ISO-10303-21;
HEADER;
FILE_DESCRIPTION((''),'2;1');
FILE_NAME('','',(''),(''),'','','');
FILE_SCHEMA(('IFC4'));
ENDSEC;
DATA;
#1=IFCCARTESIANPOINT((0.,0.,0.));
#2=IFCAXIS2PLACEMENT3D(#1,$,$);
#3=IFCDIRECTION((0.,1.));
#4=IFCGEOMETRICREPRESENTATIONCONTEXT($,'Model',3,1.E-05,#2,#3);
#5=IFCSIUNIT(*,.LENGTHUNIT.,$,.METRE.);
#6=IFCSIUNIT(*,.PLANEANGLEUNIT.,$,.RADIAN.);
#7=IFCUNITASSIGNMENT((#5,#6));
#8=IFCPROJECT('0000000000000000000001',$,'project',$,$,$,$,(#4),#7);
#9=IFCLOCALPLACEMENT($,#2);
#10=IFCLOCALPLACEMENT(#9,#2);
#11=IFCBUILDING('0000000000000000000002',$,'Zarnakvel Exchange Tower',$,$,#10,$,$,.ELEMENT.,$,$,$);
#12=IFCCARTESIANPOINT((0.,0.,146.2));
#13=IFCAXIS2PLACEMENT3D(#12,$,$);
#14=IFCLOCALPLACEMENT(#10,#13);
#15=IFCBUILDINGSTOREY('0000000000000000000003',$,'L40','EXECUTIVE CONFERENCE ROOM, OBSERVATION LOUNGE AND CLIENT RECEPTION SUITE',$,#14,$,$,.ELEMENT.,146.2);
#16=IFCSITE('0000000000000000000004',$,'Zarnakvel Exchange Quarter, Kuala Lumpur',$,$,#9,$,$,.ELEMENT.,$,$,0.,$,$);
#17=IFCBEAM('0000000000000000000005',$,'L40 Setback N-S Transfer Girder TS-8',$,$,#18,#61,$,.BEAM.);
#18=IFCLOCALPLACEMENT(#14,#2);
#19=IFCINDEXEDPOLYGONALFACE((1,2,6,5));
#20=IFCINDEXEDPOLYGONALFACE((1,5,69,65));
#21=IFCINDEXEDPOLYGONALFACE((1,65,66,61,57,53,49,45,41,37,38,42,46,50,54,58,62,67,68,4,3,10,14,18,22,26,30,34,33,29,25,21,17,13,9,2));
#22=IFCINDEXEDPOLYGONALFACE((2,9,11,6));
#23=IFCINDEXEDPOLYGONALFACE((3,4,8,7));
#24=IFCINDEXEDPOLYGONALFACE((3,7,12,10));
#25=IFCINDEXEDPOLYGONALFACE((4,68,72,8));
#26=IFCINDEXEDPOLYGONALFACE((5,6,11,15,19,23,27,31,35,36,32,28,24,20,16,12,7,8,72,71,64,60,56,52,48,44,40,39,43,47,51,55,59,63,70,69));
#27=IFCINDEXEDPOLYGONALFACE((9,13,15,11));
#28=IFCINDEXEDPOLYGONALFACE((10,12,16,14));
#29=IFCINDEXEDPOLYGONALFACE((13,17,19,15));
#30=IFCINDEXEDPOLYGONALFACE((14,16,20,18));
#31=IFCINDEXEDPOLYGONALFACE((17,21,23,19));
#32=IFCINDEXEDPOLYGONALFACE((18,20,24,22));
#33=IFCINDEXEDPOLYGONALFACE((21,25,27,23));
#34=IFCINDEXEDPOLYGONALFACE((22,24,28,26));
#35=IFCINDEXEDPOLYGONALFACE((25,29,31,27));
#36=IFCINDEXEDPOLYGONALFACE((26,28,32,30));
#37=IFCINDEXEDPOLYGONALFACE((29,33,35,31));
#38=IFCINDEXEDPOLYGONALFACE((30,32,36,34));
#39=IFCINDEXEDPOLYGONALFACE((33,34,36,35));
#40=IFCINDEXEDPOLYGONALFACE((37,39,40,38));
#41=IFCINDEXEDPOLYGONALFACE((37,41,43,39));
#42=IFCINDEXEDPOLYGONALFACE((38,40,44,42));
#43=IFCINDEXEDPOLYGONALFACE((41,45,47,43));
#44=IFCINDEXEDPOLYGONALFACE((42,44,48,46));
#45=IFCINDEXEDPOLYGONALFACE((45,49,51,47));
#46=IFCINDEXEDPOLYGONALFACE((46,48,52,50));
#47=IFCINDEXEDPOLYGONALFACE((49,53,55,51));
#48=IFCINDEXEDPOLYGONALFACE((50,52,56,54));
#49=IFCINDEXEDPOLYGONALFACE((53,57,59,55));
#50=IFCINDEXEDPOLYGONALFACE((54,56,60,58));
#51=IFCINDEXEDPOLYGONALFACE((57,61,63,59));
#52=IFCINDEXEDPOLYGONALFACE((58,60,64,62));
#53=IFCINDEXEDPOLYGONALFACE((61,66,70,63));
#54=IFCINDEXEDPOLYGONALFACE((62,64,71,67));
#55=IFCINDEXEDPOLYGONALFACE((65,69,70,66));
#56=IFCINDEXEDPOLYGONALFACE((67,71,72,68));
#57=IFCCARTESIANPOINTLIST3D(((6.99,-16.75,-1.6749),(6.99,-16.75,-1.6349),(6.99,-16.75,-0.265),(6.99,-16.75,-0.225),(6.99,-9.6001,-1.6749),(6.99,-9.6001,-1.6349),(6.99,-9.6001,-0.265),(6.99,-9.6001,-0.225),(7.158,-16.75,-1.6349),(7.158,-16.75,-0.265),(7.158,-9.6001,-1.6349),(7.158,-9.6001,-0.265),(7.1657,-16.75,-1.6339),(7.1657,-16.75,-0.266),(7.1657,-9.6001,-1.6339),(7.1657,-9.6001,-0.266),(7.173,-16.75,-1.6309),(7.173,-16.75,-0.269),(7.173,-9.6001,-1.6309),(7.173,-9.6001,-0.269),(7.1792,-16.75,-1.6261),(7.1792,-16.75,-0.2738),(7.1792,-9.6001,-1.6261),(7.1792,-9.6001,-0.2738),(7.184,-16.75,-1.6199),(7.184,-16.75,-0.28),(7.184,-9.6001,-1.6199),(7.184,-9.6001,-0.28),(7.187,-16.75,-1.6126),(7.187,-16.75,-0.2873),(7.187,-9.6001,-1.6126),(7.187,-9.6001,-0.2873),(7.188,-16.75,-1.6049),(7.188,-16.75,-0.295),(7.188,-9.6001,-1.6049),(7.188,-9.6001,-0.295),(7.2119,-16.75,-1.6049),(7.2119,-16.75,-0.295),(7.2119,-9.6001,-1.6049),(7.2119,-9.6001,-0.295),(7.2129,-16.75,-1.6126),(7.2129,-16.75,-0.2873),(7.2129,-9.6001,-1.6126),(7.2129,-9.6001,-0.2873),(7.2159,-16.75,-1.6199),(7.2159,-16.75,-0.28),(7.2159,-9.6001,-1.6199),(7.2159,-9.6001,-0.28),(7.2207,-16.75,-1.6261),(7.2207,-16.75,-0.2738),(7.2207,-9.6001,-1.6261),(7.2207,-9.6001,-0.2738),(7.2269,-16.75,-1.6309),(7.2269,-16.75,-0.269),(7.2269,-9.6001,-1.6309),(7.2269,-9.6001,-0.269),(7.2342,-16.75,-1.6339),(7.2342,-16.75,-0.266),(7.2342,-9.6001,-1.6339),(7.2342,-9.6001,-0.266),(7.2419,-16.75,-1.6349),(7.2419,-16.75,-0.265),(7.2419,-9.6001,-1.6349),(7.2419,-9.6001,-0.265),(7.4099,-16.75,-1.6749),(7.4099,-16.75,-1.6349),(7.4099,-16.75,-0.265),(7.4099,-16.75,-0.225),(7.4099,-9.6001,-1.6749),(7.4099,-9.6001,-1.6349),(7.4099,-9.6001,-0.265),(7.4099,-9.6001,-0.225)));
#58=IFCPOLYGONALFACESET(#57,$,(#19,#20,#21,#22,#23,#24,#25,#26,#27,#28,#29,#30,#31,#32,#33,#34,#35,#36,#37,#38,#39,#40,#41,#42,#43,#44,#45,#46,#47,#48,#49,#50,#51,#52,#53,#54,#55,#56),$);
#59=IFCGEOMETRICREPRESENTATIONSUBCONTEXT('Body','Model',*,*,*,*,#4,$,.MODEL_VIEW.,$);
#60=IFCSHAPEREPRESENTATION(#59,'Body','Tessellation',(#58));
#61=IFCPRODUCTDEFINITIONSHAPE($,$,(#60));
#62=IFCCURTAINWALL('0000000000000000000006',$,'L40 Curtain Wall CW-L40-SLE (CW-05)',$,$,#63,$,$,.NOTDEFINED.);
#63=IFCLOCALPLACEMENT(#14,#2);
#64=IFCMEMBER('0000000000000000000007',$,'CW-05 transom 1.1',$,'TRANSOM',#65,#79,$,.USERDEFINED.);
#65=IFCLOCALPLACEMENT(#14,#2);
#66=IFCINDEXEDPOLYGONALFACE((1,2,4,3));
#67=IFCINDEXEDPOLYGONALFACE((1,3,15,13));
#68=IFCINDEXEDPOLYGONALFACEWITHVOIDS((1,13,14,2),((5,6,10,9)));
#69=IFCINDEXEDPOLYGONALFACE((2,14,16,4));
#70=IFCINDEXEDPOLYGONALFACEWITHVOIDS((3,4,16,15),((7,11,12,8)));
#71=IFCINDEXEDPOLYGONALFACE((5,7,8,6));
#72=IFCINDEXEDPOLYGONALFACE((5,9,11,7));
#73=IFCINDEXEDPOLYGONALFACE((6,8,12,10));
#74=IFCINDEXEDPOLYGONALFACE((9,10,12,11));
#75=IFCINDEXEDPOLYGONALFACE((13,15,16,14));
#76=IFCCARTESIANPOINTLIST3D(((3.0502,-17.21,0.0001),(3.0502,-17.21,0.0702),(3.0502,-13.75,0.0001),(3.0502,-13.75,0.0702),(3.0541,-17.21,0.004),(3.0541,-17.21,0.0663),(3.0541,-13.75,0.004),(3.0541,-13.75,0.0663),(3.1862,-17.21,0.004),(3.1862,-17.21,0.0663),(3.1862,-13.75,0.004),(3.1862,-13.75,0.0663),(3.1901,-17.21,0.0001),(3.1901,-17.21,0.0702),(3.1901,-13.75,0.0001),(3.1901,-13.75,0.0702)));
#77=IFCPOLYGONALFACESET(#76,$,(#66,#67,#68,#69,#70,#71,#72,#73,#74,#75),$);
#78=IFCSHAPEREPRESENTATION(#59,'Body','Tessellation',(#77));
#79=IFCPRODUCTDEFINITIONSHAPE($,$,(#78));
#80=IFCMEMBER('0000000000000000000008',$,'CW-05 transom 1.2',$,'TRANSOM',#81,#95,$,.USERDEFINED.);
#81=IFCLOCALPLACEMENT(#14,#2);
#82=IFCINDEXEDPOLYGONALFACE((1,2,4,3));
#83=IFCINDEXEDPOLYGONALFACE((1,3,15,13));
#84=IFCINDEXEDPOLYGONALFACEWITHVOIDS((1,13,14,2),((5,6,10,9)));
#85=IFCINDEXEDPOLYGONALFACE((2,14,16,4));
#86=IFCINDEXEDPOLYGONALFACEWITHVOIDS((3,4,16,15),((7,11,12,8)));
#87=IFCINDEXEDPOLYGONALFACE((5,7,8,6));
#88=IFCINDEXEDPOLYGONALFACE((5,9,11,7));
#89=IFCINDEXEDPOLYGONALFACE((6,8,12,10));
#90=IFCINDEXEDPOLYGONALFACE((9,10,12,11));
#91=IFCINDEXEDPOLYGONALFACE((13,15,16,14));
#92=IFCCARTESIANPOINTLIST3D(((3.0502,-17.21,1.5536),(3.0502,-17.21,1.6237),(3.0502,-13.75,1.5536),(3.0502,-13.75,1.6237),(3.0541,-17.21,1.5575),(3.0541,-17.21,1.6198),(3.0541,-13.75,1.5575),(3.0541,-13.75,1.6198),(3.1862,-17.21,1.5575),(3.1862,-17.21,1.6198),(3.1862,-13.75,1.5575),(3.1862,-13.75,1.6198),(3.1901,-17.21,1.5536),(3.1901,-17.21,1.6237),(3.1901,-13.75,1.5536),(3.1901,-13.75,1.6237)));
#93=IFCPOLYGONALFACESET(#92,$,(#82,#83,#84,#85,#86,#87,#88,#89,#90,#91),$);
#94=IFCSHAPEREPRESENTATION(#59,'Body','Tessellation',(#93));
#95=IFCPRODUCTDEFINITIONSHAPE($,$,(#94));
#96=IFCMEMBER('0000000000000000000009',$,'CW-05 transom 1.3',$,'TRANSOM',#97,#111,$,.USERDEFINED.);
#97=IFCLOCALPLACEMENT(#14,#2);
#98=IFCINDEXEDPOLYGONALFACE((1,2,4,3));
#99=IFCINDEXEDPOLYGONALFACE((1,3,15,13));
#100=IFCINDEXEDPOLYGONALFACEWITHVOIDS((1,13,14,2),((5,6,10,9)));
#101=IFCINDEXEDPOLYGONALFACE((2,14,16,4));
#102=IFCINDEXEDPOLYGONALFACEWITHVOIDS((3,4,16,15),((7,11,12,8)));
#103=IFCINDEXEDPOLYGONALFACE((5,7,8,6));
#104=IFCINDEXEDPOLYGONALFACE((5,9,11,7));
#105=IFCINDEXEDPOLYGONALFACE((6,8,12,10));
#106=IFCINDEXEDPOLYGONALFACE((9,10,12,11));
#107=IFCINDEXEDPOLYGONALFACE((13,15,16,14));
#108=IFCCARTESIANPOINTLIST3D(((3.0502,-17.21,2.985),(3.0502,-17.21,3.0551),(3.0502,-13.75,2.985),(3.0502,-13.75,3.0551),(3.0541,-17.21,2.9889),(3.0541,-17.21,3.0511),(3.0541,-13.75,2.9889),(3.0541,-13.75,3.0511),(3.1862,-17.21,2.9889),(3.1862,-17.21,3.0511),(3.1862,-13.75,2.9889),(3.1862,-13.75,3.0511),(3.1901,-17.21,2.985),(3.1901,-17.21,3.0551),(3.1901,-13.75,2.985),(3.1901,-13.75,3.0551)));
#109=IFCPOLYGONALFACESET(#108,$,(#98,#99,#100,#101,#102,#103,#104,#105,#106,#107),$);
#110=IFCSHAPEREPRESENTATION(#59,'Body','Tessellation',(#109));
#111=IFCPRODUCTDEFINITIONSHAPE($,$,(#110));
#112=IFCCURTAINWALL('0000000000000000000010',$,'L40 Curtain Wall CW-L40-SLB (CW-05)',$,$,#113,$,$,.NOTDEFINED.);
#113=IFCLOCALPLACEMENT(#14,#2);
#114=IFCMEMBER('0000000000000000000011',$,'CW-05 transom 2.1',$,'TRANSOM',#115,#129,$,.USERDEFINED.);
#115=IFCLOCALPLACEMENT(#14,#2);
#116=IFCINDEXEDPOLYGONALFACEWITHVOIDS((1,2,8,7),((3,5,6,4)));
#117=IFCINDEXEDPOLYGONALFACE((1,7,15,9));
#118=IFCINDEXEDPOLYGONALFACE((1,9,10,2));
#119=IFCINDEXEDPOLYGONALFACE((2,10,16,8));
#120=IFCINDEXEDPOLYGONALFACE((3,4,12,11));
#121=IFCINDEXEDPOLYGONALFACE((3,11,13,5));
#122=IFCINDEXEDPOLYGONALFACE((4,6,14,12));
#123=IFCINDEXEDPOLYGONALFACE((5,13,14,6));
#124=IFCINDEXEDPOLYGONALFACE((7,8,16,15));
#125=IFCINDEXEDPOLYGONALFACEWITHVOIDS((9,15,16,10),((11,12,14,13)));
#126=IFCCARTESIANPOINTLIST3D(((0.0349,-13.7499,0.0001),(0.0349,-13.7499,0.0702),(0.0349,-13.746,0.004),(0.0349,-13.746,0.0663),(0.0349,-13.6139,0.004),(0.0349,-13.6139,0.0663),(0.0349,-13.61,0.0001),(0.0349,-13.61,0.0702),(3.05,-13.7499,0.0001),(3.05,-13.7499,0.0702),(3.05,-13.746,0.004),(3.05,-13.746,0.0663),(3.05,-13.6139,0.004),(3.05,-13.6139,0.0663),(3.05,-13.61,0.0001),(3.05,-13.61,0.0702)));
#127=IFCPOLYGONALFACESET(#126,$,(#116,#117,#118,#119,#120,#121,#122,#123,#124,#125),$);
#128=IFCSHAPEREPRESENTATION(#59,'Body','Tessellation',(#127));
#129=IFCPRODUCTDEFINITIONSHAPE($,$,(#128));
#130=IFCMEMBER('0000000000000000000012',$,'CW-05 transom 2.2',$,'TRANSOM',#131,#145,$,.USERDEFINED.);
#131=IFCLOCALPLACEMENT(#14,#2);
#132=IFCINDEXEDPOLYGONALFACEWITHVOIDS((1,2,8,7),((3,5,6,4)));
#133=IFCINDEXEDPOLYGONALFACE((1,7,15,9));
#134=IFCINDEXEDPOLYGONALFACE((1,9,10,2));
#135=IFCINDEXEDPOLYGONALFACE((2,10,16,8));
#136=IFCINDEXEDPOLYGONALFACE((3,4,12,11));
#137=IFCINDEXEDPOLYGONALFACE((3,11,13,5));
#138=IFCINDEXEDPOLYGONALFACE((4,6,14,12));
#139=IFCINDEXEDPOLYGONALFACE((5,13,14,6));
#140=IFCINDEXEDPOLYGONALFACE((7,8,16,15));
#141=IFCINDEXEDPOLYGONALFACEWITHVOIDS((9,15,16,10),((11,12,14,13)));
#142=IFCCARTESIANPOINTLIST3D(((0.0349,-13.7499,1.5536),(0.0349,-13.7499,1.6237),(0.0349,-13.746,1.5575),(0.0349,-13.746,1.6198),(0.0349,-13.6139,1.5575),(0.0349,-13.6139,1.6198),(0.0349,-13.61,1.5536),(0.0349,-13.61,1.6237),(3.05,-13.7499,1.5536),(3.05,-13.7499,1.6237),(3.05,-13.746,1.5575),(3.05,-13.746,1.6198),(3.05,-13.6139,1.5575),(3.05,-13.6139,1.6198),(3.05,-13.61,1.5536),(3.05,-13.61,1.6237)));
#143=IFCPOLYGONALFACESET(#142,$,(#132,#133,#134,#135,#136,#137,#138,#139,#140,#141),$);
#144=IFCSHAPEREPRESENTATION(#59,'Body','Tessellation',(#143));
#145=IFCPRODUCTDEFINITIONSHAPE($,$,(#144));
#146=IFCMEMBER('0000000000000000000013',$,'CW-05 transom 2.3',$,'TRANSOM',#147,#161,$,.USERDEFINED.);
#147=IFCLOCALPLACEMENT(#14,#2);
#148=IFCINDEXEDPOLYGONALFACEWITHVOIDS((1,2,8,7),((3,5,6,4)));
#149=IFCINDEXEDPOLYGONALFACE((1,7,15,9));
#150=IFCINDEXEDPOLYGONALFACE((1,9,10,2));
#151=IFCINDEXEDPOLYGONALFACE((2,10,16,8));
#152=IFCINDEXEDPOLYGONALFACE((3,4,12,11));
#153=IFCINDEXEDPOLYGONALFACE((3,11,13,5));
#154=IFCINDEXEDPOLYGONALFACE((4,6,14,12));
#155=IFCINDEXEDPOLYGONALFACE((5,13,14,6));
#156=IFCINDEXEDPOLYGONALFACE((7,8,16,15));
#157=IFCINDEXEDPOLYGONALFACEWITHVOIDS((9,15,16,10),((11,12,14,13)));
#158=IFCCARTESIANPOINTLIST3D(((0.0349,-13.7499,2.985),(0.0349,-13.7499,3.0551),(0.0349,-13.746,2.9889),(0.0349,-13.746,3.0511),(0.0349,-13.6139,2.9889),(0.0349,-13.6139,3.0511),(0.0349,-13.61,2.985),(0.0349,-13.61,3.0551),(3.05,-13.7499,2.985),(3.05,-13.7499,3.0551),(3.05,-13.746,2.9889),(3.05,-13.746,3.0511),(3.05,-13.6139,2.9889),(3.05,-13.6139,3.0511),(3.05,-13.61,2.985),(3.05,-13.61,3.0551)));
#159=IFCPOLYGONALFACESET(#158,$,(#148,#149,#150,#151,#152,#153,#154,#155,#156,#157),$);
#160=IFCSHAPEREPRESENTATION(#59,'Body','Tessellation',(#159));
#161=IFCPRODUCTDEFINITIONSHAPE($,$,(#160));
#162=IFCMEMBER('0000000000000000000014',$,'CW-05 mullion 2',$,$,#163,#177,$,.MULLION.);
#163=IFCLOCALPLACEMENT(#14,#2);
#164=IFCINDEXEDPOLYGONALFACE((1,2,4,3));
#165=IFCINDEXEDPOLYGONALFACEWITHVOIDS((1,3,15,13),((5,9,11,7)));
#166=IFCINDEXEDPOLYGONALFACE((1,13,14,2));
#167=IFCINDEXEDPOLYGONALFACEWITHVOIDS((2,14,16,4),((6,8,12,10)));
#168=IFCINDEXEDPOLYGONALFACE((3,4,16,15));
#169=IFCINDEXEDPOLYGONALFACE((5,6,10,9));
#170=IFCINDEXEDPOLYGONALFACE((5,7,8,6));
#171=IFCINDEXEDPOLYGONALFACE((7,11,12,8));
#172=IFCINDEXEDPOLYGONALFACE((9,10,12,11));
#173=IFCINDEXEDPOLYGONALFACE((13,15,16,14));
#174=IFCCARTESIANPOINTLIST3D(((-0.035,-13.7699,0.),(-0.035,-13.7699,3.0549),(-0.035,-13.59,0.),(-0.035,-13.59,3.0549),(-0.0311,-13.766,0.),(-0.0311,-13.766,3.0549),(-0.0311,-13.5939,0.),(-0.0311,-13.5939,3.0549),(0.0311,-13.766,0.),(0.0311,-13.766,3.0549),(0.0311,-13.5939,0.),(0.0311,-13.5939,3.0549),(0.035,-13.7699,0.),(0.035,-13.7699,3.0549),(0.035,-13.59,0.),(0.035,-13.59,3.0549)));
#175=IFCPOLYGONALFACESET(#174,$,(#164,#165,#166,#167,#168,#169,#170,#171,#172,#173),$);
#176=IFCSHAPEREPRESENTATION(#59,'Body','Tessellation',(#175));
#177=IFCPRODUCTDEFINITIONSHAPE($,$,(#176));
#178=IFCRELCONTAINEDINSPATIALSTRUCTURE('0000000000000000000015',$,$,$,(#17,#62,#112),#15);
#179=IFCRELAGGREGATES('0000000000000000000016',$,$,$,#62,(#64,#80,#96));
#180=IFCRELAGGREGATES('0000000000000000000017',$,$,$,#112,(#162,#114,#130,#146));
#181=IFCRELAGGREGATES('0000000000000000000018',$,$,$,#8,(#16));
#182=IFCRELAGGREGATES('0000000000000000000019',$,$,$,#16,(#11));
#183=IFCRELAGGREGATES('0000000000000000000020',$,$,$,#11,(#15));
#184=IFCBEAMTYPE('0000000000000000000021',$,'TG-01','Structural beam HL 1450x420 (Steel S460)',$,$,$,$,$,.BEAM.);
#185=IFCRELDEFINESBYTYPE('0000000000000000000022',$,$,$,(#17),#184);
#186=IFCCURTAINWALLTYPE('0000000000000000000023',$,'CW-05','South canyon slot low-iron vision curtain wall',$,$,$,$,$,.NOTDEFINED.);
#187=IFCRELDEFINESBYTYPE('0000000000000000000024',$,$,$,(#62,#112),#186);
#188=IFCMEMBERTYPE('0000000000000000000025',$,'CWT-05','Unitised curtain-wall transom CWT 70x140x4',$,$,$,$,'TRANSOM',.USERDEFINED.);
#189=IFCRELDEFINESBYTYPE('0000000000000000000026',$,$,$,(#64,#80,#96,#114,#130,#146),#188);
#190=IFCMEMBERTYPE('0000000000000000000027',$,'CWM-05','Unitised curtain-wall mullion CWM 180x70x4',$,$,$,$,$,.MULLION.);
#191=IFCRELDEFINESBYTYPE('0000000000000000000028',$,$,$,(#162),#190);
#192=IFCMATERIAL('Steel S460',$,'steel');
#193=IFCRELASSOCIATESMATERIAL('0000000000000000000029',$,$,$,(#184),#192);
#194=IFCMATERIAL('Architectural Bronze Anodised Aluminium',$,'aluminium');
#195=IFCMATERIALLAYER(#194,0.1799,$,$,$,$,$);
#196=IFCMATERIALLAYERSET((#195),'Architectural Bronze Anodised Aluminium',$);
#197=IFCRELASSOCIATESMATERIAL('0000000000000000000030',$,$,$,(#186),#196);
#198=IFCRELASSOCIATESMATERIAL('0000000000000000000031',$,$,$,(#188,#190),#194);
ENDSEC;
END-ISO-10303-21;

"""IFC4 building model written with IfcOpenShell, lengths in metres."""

from ifc_helpers import new_model, si_unit, direction, frame, origin, origin_2d, place, context, subcontext, project, spatial, hollow_rectangle, i_section, extrude, source, transform, mapped, material, layer, layer_set, material_profile, profile_set, type_object, element, aggregate, save


model = new_model("IFC4")

# Units and contexts
model_context = context("Model", 3, precision=1e-05, world=origin(), true_north=direction((0.0, 1.0)))
body_context = subcontext(model_context, "Body", "Model", "MODEL_VIEW")
ifc_project = project(units=[si_unit("LENGTHUNIT", "METRE"), si_unit("PLANEANGLEUNIT", "RADIAN")], contexts=[model_context])

# Site, building, storey
site_placement = place(None, origin())
site = spatial("IfcSite", under=ifc_project, at=site_placement, Name="Zarnakvel Exchange Quarter, Kuala Lumpur", CompositionType="ELEMENT", RefElevation=0.0)
building_placement = place(site_placement, origin())
building = spatial("IfcBuilding", under=site, at=building_placement, Name="Zarnakvel Exchange Tower", CompositionType="ELEMENT")
storey_placement = place(building_placement, frame((0.0, 0.0, 146.2)))
storey = spatial("IfcBuildingStorey", under=building, at=storey_placement, Name="L40", Description="EXECUTIVE CONFERENCE ROOM, OBSERVATION LOUNGE AND CLIENT RECEPTION SUITE", CompositionType="ELEMENT", Elevation=146.2)

# Beam
ifc_material_1 = material(Name="Steel S460", Category="steel")
ifc_material_profile_1 = material_profile(ifc_material_1, i_section(OverallWidth=0.4199, OverallDepth=1.45, WebThickness=0.0239, FlangeThickness=0.04, FilletRadius=0.03, at=origin_2d()))
ifc_profile_set_1 = profile_set([ifc_material_profile_1], Name="Steel S460")
beam_type_1 = type_object("IfcBeamType", Name="TG-01", Description="Structural beam HL 1450x420 (Steel S460)", PredefinedType="BEAM", material=ifc_profile_set_1)
beam_1_placement = place(storey_placement, frame((7.2, -16.75, -0.95), z_axis=(0.0, 1.0, 0.0), x_axis=(-1.0, 0.0, 0.0)))
element("IfcBeam", 1, at=beam_1_placement, inside=storey, type_object=beam_type_1, Name="L40 Setback N-S Transfer Girder TS-8", PredefinedType="BEAM", context=body_context, shape_type="SweptSolid", body=[
    extrude(i_section(OverallWidth=0.4199, OverallDepth=1.45, WebThickness=0.0239, FlangeThickness=0.04, FilletRadius=0.03, at=origin_2d()), origin(), (0.0, 0.0, 1.0), 7.1499),
])

# Curtain walls, members
ifc_material_2 = material(Name="Architectural Bronze Anodised Aluminium", Category="aluminium")
ifc_layer_1 = layer(ifc_material_2, 0.1799)
ifc_layer_set_1 = layer_set([ifc_layer_1], Name="Architectural Bronze Anodised Aluminium")
curtain_wall_type = type_object("IfcCurtainWallType", Name="CW-05", Description="South canyon slot low-iron vision curtain wall", PredefinedType="NOTDEFINED", material=ifc_layer_set_1)
curtain_wall_1_placement = place(storey_placement, origin())
curtain_wall_1 = element("IfcCurtainWall", 2, at=curtain_wall_1_placement, inside=storey, type_object=curtain_wall_type, Name="L40 Curtain Wall CW-L40-SLE (CW-05)", PredefinedType="NOTDEFINED")
ifc_material_profile_2 = material_profile(ifc_material_2, hollow_rectangle(XDim=0.1399, YDim=0.0701, WallThickness=0.0039, at=origin_2d()))
ifc_profile_set_2 = profile_set([ifc_material_profile_2], Name="Architectural Bronze Anodised Aluminium")
member_type_1 = type_object("IfcMemberType", Name="CWT-05", Description="Unitised curtain-wall transom CWT 70x140x4", ElementType="TRANSOM", PredefinedType="USERDEFINED", material=ifc_profile_set_2)
shared_shape_1 = source(origin(), body_context, "Body", "SweptSolid", [
    extrude(hollow_rectangle(XDim=0.1399, YDim=0.0701, WallThickness=0.0039, at=origin_2d()), origin(), (0.0, 0.0, 1.0), 3.46),
])
member_1_placement = place(storey_placement, frame((3.1201, -13.75, 0.0352), z_axis=(0.0, -1.0, 0.0), x_axis=(1.0, 0.0, 0.0)))
member_1 = element("IfcMember", 3, at=member_1_placement, type_object=member_type_1, Name="CW-05 transom 1.1", ObjectType="TRANSOM", PredefinedType="USERDEFINED", context=body_context, shape_type="MappedRepresentation", body=[
    mapped(shared_shape_1, transform((0.0, 0.0, 0.0), x_axis=(1.0, 0.0, 0.0), y_axis=(0.0, 1.0, 0.0), z_axis=(0.0, 0.0, 1.0), scale=1.0)),
])
member_2_placement = place(storey_placement, frame((3.1201, -13.75, 1.5886), z_axis=(0.0, -1.0, 0.0), x_axis=(1.0, 0.0, 0.0)))
member_2 = element("IfcMember", 4, at=member_2_placement, type_object=member_type_1, Name="CW-05 transom 1.2", ObjectType="TRANSOM", PredefinedType="USERDEFINED", context=body_context, shape_type="MappedRepresentation", body=[
    mapped(shared_shape_1, transform((0.0, 0.0, 0.0), x_axis=(1.0, 0.0, 0.0), y_axis=(0.0, 1.0, 0.0), z_axis=(0.0, 0.0, 1.0), scale=1.0)),
])
member_3_placement = place(storey_placement, frame((3.1201, -13.75, 3.02), z_axis=(0.0, -1.0, 0.0), x_axis=(1.0, 0.0, 0.0)))
member_3 = element("IfcMember", 5, at=member_3_placement, type_object=member_type_1, Name="CW-05 transom 1.3", ObjectType="TRANSOM", PredefinedType="USERDEFINED", context=body_context, shape_type="MappedRepresentation", body=[
    mapped(shared_shape_1, transform((0.0, 0.0, 0.0), x_axis=(1.0, 0.0, 0.0), y_axis=(0.0, 1.0, 0.0), z_axis=(0.0, 0.0, 1.0), scale=1.0)),
])
curtain_wall_2_placement = place(storey_placement, origin())
curtain_wall_2 = element("IfcCurtainWall", 6, at=curtain_wall_2_placement, inside=storey, type_object=curtain_wall_type, Name="L40 Curtain Wall CW-L40-SLB (CW-05)", PredefinedType="NOTDEFINED")
shared_shape_2 = source(origin(), body_context, "Body", "SweptSolid", [
    extrude(hollow_rectangle(XDim=0.1399, YDim=0.0701, WallThickness=0.0039, at=origin_2d()), origin(), (0.0, 0.0, 1.0), 3.0151),
])
member_4_placement = place(storey_placement, frame((0.0349, -13.6799, 0.0352), z_axis=(1.0, 0.0, 0.0), x_axis=(0.0, 1.0, 0.0)))
member_4 = element("IfcMember", 7, at=member_4_placement, type_object=member_type_1, Name="CW-05 transom 2.1", ObjectType="TRANSOM", PredefinedType="USERDEFINED", context=body_context, shape_type="MappedRepresentation", body=[
    mapped(shared_shape_2, transform((0.0, 0.0, 0.0), x_axis=(1.0, 0.0, 0.0), y_axis=(0.0, 1.0, 0.0), z_axis=(0.0, 0.0, 1.0), scale=1.0)),
])
member_5_placement = place(storey_placement, frame((0.0349, -13.6799, 1.5886), z_axis=(1.0, 0.0, 0.0), x_axis=(0.0, 1.0, 0.0)))
member_5 = element("IfcMember", 8, at=member_5_placement, type_object=member_type_1, Name="CW-05 transom 2.2", ObjectType="TRANSOM", PredefinedType="USERDEFINED", context=body_context, shape_type="MappedRepresentation", body=[
    mapped(shared_shape_2, transform((0.0, 0.0, 0.0), x_axis=(1.0, 0.0, 0.0), y_axis=(0.0, 1.0, 0.0), z_axis=(0.0, 0.0, 1.0), scale=1.0)),
])
member_6_placement = place(storey_placement, frame((0.0349, -13.6799, 3.02), z_axis=(1.0, 0.0, 0.0), x_axis=(0.0, 1.0, 0.0)))
member_6 = element("IfcMember", 9, at=member_6_placement, type_object=member_type_1, Name="CW-05 transom 2.3", ObjectType="TRANSOM", PredefinedType="USERDEFINED", context=body_context, shape_type="MappedRepresentation", body=[
    mapped(shared_shape_2, transform((0.0, 0.0, 0.0), x_axis=(1.0, 0.0, 0.0), y_axis=(0.0, 1.0, 0.0), z_axis=(0.0, 0.0, 1.0), scale=1.0)),
])
ifc_material_profile_3 = material_profile(ifc_material_2, hollow_rectangle(XDim=0.1799, YDim=0.0701, WallThickness=0.0039, at=origin_2d()))
ifc_profile_set_3 = profile_set([ifc_material_profile_3], Name="Architectural Bronze Anodised Aluminium")
member_type_2 = type_object("IfcMemberType", Name="CWM-05", Description="Unitised curtain-wall mullion CWM 180x70x4", PredefinedType="MULLION", material=ifc_profile_set_3)
shared_shape_3 = source(origin(), body_context, "Body", "SweptSolid", [
    extrude(hollow_rectangle(XDim=0.1799, YDim=0.0701, WallThickness=0.0039, at=origin_2d()), origin(), (0.0, 0.0, 1.0), 3.0549),
])
member_7_placement = place(storey_placement, frame((0.0, -13.6799, 0.0), z_axis=(0.0, 0.0, 1.0), x_axis=(0.0, 1.0, 0.0)))
member_7 = element("IfcMember", 10, at=member_7_placement, type_object=member_type_2, Name="CW-05 mullion 2", PredefinedType="MULLION", context=body_context, shape_type="MappedRepresentation", body=[
    mapped(shared_shape_3, transform((0.0, 0.0, 0.0), x_axis=(1.0, 0.0, 0.0), y_axis=(0.0, 1.0, 0.0), z_axis=(0.0, 0.0, 1.0), scale=1.0)),
])

aggregate(curtain_wall_1, [member_1, member_2, member_3])
aggregate(curtain_wall_2, [member_7, member_4, member_5, member_6])

save(model, "model.ifc")
